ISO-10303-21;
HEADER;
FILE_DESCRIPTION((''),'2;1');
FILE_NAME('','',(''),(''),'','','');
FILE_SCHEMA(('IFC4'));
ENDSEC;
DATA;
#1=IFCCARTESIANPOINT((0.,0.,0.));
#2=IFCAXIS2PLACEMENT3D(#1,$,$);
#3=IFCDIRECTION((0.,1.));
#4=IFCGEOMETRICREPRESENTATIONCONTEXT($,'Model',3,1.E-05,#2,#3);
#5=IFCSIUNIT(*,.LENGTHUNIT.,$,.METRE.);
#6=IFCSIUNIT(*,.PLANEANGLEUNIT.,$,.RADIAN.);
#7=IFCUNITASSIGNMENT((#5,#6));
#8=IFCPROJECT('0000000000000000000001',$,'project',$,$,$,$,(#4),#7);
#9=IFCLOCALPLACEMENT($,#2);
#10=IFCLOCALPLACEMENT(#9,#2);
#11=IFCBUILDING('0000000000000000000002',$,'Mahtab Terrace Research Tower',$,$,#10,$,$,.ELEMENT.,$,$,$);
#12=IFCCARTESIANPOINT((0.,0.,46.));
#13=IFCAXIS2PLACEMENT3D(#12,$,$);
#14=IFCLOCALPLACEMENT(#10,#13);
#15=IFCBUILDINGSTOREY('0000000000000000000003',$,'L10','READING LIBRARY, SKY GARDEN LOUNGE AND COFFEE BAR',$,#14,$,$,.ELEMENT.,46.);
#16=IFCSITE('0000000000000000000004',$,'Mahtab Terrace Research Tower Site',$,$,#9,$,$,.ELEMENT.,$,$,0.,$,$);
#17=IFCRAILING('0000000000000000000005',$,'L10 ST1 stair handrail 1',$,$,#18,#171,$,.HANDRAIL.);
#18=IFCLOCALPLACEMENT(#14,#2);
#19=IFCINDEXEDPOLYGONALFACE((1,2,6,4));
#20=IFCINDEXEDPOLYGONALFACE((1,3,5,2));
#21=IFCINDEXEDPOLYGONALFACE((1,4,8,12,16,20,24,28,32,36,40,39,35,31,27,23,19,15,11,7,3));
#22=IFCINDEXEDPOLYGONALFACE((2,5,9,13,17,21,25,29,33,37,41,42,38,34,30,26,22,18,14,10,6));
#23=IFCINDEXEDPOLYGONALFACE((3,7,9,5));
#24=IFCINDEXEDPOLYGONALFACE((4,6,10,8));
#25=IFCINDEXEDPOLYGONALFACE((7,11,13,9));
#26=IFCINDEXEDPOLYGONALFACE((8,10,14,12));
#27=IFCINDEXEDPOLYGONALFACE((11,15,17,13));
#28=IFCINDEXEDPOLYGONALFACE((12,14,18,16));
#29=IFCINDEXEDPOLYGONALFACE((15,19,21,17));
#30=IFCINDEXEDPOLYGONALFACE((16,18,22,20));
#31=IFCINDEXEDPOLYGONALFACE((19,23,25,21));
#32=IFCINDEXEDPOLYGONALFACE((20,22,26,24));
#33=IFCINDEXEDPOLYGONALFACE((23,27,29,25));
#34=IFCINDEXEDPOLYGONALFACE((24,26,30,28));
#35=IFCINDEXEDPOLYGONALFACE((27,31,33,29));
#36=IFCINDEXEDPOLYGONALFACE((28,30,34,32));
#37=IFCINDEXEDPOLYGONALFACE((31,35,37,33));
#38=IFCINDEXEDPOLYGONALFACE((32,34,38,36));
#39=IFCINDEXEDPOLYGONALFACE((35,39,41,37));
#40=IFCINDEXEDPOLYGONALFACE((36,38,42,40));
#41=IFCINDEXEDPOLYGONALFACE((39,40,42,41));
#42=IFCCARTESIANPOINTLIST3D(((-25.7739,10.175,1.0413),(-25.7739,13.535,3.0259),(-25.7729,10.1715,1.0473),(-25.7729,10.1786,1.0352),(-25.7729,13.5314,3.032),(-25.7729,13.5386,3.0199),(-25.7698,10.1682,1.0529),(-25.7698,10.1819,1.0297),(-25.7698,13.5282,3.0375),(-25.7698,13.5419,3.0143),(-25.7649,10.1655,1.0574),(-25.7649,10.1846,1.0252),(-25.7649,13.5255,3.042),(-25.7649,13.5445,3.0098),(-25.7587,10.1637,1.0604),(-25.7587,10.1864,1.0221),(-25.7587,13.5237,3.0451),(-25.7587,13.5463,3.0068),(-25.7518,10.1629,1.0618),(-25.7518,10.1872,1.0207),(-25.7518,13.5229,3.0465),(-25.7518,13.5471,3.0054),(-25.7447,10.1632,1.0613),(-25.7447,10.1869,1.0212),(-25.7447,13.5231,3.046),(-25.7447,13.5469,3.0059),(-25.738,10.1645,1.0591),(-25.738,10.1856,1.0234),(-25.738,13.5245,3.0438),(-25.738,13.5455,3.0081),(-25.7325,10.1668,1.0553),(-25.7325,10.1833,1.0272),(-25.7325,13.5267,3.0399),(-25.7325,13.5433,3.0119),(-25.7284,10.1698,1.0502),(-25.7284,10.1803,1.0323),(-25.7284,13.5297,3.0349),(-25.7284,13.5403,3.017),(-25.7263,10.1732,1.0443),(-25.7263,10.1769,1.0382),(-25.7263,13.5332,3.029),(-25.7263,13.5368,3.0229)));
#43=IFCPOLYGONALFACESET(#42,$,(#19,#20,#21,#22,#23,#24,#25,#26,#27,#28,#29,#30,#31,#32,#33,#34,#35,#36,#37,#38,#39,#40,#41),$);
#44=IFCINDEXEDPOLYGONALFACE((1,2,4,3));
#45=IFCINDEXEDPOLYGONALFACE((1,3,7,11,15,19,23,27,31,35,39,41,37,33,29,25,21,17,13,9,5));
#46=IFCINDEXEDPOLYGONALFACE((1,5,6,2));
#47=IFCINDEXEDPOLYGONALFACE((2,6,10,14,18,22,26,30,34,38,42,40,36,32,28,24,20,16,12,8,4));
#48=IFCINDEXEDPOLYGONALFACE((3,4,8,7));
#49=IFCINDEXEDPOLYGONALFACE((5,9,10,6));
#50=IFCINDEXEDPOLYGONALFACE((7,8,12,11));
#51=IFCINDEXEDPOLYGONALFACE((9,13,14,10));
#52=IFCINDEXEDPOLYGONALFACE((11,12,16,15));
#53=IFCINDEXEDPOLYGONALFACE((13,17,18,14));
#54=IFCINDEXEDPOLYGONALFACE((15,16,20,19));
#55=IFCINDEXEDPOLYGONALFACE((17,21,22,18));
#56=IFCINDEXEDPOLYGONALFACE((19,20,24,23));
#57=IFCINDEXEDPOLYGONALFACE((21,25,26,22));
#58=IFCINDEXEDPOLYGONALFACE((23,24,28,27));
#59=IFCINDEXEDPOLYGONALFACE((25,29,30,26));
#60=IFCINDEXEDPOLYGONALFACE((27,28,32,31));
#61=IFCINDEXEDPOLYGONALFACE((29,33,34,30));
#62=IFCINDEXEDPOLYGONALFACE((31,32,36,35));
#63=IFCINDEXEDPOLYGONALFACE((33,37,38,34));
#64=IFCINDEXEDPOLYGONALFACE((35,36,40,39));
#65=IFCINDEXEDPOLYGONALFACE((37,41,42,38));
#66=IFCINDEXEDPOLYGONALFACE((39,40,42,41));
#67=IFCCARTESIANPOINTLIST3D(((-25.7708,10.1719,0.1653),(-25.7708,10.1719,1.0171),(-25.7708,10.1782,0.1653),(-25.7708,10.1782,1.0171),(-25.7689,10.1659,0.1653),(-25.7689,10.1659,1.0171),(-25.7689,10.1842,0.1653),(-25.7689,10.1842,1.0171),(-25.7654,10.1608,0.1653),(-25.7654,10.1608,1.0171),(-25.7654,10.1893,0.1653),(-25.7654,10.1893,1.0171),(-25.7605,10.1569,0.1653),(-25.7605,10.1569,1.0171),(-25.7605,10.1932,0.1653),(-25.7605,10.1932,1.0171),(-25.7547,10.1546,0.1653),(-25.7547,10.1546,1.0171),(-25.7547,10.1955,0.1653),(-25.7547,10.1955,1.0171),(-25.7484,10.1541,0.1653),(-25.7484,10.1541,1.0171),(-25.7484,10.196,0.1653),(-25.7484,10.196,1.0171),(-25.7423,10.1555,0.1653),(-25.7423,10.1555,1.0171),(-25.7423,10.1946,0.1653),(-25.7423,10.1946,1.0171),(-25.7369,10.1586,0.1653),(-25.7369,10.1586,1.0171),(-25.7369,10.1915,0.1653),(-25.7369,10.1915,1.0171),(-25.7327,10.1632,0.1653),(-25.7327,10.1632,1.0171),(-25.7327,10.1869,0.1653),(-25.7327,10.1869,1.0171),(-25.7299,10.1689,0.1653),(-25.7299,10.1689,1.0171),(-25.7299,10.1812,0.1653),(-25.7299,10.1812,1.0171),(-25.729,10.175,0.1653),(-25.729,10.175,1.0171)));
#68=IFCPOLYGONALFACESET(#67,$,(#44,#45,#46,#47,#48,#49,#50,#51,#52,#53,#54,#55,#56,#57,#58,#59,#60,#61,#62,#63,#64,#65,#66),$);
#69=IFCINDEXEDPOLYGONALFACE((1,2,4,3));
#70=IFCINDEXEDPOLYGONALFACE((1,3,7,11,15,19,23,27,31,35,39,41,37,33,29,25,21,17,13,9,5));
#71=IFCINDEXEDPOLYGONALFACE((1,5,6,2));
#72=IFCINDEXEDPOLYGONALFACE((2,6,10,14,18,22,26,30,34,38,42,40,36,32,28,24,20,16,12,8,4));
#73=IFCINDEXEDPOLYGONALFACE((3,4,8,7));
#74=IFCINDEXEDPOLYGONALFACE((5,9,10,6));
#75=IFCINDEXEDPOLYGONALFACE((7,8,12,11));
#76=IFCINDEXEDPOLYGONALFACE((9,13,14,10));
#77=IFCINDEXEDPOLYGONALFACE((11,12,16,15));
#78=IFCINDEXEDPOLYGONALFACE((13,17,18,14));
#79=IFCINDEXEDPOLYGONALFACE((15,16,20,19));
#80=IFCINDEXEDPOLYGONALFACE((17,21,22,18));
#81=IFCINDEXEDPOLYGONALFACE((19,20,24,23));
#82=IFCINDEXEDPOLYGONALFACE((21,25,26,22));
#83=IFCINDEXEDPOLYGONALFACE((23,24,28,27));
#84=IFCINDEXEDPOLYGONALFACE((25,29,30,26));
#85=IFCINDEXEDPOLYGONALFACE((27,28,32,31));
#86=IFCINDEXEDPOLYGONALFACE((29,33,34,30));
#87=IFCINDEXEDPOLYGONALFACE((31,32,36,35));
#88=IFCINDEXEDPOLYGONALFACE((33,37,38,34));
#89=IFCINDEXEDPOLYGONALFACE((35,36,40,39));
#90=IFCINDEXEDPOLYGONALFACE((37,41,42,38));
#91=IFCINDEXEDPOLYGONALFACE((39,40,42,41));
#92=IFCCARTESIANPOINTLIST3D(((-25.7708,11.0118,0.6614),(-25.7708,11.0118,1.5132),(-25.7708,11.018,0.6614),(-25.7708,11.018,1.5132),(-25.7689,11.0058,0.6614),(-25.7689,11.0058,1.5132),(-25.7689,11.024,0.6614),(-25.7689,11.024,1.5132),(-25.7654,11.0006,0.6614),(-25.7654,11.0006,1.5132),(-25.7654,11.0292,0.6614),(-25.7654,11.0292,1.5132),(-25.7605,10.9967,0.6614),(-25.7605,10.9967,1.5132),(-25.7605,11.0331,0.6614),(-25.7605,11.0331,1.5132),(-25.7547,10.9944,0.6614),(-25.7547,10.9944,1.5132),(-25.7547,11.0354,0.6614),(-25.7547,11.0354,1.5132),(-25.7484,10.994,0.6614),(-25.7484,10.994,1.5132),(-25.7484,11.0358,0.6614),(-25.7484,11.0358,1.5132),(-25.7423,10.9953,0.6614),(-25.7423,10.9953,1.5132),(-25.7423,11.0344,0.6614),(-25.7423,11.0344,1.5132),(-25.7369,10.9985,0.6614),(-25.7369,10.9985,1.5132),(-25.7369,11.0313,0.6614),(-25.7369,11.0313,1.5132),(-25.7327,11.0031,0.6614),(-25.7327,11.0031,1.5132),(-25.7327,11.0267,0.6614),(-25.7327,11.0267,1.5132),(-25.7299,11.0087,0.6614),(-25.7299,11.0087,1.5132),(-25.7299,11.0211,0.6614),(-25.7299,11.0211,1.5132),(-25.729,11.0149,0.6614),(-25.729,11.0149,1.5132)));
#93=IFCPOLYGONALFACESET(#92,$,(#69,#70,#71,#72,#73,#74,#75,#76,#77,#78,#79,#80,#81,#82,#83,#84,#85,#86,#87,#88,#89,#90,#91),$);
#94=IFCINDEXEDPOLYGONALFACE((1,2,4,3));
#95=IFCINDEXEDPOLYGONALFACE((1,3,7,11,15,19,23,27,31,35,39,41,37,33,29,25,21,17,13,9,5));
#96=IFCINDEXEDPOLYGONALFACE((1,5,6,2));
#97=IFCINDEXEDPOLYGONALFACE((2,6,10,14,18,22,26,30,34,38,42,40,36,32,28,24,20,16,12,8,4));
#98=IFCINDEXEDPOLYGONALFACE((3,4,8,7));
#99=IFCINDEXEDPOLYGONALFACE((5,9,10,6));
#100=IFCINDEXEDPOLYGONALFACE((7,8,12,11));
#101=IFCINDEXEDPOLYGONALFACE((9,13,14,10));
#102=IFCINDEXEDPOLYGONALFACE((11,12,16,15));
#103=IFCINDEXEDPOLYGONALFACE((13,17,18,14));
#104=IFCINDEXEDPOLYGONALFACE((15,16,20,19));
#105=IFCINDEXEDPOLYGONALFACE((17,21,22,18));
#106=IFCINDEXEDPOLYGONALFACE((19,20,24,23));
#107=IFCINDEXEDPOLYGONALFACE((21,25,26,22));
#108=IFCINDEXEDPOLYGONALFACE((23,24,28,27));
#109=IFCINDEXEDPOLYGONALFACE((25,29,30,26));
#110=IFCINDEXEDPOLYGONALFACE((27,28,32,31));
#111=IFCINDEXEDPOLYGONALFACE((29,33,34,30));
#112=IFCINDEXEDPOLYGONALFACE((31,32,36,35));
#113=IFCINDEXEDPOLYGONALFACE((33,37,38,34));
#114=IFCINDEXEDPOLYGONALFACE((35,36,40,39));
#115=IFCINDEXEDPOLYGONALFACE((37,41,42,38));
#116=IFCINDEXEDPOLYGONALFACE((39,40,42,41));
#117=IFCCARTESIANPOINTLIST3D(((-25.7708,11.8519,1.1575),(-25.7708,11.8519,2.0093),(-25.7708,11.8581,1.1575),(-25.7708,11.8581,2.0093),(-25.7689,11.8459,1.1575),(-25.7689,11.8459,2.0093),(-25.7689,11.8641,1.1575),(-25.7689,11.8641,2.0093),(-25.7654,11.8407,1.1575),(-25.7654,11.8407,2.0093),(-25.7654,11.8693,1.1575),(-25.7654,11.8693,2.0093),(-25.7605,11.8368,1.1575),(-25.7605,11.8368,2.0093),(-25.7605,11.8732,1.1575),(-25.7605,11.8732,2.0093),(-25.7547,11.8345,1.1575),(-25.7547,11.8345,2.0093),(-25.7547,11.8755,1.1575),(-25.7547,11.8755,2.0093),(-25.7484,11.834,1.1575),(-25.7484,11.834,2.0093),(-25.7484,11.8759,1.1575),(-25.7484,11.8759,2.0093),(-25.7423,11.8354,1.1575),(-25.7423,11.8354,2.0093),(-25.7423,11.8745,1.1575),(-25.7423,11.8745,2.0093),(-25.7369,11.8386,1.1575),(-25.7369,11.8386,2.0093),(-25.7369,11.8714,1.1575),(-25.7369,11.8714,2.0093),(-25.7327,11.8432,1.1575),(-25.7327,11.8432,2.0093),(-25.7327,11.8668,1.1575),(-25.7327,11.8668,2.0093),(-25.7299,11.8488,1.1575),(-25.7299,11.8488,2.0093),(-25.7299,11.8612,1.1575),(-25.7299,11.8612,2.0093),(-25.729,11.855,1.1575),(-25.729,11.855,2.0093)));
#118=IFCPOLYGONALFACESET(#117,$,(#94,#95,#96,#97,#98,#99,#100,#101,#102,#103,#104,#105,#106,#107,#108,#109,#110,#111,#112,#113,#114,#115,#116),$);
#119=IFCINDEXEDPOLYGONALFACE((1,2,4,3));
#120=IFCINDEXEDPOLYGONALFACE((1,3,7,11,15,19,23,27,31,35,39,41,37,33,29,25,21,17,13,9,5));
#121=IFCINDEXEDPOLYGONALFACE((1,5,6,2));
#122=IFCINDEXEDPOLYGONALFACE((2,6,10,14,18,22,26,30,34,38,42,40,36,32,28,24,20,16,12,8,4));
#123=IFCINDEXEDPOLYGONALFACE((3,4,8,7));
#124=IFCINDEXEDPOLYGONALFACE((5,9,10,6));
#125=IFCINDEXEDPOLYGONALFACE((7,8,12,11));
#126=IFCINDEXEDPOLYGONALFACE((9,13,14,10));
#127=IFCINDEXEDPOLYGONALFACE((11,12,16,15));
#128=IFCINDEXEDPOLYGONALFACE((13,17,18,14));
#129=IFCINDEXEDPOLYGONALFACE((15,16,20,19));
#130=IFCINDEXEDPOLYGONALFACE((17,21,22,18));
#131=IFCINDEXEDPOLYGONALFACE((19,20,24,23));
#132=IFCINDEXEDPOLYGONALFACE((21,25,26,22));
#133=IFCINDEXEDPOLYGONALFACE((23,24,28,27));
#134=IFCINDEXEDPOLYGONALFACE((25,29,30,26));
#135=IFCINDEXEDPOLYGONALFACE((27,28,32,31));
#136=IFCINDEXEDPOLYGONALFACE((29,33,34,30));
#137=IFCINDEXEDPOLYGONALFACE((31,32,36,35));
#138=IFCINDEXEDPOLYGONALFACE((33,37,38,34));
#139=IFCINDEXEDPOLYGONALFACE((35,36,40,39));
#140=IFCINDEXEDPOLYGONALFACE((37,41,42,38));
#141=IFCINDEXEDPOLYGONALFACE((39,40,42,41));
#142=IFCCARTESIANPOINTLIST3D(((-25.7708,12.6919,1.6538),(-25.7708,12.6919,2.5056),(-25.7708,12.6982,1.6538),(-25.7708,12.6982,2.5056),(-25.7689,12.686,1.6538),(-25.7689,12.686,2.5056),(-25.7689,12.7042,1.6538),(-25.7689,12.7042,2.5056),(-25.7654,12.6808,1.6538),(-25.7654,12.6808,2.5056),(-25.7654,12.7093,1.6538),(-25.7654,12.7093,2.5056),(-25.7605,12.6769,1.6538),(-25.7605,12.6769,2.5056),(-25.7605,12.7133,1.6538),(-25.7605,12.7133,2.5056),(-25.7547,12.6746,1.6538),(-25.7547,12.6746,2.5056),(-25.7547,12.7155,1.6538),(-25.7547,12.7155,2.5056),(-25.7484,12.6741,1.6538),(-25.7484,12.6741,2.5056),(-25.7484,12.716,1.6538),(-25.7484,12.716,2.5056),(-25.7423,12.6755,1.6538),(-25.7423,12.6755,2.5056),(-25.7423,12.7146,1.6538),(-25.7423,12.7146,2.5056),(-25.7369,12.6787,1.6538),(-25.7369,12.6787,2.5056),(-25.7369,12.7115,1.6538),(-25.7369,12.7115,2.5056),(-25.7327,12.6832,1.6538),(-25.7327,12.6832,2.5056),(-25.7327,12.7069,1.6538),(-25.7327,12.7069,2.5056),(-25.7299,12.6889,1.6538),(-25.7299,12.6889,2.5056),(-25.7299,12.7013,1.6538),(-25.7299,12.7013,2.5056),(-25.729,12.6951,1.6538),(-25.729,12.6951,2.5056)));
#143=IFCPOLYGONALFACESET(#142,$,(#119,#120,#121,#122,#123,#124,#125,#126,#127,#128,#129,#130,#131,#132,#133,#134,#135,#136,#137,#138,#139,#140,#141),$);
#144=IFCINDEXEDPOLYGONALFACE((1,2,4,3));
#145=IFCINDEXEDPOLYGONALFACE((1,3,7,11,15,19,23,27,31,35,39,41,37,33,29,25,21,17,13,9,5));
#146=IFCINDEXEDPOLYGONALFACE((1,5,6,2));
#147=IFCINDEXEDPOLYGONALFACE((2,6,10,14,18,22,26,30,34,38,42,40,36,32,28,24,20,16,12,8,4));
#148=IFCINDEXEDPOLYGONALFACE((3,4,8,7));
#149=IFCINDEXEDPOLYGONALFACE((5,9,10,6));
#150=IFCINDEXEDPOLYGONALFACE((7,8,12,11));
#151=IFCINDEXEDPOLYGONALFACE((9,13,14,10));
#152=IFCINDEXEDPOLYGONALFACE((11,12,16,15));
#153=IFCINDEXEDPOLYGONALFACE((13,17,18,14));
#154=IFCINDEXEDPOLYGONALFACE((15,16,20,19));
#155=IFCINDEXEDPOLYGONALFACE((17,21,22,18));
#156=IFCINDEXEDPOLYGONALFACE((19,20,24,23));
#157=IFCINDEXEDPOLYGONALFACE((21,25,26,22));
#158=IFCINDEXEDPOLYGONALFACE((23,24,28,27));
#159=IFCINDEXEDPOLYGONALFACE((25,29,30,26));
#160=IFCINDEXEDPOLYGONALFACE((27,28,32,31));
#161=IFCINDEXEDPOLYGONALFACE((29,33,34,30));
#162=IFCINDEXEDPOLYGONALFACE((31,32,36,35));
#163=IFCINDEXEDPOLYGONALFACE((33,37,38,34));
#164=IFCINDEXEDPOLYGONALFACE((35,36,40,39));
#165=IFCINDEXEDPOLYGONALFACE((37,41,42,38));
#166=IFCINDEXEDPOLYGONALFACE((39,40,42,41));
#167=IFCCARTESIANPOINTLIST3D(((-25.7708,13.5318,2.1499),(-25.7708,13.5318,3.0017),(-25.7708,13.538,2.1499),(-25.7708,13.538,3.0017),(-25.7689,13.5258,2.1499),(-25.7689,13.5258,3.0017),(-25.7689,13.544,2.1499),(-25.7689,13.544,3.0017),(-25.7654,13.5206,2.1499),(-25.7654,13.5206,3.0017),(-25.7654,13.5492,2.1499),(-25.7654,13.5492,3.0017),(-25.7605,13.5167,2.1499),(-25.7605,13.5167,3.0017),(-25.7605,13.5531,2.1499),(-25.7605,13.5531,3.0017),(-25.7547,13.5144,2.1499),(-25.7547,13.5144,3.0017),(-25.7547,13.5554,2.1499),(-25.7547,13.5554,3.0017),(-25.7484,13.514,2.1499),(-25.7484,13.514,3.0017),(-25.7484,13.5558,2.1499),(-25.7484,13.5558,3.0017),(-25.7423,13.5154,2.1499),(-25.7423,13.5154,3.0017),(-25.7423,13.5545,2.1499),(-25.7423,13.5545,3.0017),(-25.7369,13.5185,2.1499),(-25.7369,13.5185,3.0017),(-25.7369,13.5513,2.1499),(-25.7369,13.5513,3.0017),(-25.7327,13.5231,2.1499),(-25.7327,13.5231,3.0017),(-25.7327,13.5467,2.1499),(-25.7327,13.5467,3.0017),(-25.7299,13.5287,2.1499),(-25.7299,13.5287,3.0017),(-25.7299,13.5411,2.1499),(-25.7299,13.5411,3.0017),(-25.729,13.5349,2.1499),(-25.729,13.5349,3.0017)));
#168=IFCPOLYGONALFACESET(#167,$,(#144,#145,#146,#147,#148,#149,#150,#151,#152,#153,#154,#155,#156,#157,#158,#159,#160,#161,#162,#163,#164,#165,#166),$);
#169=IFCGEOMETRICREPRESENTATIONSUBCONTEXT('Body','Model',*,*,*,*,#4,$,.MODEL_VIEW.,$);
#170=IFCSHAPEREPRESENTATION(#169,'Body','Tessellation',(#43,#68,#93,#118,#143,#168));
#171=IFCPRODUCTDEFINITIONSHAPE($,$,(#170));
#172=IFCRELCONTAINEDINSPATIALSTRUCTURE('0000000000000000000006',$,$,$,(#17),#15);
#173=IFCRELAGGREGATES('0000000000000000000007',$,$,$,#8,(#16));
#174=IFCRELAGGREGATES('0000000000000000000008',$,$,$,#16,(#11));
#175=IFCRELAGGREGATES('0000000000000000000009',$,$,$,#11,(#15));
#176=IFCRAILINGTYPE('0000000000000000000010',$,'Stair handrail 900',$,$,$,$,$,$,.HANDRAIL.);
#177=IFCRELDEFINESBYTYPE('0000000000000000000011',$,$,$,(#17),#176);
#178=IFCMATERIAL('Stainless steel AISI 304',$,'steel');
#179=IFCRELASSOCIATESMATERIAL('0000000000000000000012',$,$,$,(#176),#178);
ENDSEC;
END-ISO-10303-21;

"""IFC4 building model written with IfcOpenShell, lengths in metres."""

from ifc_helpers import new_model, si_unit, direction, frame, origin, origin_2d, place, context, subcontext, project, spatial, circle, extrude, material, type_object, element, save


model = new_model("IFC4")

# Units and contexts
model_context = context("Model", 3, precision=1e-05, world=origin(), true_north=direction((0.0, 1.0)))
body_context = subcontext(model_context, "Body", "Model", "MODEL_VIEW")
ifc_project = project(units=[si_unit("LENGTHUNIT", "METRE"), si_unit("PLANEANGLEUNIT", "RADIAN")], contexts=[model_context])

# Site, building, storey
site_placement = place(None, origin())
site = spatial("IfcSite", under=ifc_project, at=site_placement, Name="Mahtab Terrace Research Tower Site", CompositionType="ELEMENT", RefElevation=0.0)
building_placement = place(site_placement, origin())
building = spatial("IfcBuilding", under=site, at=building_placement, Name="Mahtab Terrace Research Tower", CompositionType="ELEMENT")
storey_placement = place(building_placement, frame((0.0, 0.0, 46.0)))
storey = spatial("IfcBuildingStorey", under=building, at=storey_placement, Name="L10", Description="READING LIBRARY, SKY GARDEN LOUNGE AND COFFEE BAR", CompositionType="ELEMENT", Elevation=46.0)

# Railing
ifc_material_1 = material(Name="Stainless steel AISI 304", Category="steel")
railing_type_1 = type_object("IfcRailingType", Name="Stair handrail 900", PredefinedType="HANDRAIL", material=ifc_material_1)
railing_1_placement = place(storey_placement, frame((-25.75, 10.175, 0.1653)))
element("IfcRailing", 1, at=railing_1_placement, inside=storey, type_object=railing_type_1, Name="L10 ST1 stair handrail 1", PredefinedType="HANDRAIL", context=body_context, shape_type="SweptSolid", body=[
    extrude(circle(Radius=0.0239, at=origin_2d()), frame((0.0, 0.0, 0.876), z_axis=(0.0, 0.861011, 0.508586), x_axis=(-1.0, 0.0, 0.0)), (0.0, 0.0, 1.0), 3.9023),
    extrude(circle(Radius=0.021, at=origin_2d()), origin(), (0.0, 0.0, 1.0), 0.8518),
    extrude(circle(Radius=0.021, at=origin_2d()), frame((0.0, 0.8398, 0.4961)), (0.0, 0.0, 1.0), 0.8518),
    extrude(circle(Radius=0.021, at=origin_2d()), frame((0.0, 1.6799, 0.9922)), (0.0, 0.0, 1.0), 0.8518),
    extrude(circle(Radius=0.021, at=origin_2d()), frame((0.0, 2.52, 1.4885)), (0.0, 0.0, 1.0), 0.8518),
    extrude(circle(Radius=0.021, at=origin_2d()), frame((0.0, 3.3599, 1.9846)), (0.0, 0.0, 1.0), 0.8518),
])

save(model, "model.ifc")
